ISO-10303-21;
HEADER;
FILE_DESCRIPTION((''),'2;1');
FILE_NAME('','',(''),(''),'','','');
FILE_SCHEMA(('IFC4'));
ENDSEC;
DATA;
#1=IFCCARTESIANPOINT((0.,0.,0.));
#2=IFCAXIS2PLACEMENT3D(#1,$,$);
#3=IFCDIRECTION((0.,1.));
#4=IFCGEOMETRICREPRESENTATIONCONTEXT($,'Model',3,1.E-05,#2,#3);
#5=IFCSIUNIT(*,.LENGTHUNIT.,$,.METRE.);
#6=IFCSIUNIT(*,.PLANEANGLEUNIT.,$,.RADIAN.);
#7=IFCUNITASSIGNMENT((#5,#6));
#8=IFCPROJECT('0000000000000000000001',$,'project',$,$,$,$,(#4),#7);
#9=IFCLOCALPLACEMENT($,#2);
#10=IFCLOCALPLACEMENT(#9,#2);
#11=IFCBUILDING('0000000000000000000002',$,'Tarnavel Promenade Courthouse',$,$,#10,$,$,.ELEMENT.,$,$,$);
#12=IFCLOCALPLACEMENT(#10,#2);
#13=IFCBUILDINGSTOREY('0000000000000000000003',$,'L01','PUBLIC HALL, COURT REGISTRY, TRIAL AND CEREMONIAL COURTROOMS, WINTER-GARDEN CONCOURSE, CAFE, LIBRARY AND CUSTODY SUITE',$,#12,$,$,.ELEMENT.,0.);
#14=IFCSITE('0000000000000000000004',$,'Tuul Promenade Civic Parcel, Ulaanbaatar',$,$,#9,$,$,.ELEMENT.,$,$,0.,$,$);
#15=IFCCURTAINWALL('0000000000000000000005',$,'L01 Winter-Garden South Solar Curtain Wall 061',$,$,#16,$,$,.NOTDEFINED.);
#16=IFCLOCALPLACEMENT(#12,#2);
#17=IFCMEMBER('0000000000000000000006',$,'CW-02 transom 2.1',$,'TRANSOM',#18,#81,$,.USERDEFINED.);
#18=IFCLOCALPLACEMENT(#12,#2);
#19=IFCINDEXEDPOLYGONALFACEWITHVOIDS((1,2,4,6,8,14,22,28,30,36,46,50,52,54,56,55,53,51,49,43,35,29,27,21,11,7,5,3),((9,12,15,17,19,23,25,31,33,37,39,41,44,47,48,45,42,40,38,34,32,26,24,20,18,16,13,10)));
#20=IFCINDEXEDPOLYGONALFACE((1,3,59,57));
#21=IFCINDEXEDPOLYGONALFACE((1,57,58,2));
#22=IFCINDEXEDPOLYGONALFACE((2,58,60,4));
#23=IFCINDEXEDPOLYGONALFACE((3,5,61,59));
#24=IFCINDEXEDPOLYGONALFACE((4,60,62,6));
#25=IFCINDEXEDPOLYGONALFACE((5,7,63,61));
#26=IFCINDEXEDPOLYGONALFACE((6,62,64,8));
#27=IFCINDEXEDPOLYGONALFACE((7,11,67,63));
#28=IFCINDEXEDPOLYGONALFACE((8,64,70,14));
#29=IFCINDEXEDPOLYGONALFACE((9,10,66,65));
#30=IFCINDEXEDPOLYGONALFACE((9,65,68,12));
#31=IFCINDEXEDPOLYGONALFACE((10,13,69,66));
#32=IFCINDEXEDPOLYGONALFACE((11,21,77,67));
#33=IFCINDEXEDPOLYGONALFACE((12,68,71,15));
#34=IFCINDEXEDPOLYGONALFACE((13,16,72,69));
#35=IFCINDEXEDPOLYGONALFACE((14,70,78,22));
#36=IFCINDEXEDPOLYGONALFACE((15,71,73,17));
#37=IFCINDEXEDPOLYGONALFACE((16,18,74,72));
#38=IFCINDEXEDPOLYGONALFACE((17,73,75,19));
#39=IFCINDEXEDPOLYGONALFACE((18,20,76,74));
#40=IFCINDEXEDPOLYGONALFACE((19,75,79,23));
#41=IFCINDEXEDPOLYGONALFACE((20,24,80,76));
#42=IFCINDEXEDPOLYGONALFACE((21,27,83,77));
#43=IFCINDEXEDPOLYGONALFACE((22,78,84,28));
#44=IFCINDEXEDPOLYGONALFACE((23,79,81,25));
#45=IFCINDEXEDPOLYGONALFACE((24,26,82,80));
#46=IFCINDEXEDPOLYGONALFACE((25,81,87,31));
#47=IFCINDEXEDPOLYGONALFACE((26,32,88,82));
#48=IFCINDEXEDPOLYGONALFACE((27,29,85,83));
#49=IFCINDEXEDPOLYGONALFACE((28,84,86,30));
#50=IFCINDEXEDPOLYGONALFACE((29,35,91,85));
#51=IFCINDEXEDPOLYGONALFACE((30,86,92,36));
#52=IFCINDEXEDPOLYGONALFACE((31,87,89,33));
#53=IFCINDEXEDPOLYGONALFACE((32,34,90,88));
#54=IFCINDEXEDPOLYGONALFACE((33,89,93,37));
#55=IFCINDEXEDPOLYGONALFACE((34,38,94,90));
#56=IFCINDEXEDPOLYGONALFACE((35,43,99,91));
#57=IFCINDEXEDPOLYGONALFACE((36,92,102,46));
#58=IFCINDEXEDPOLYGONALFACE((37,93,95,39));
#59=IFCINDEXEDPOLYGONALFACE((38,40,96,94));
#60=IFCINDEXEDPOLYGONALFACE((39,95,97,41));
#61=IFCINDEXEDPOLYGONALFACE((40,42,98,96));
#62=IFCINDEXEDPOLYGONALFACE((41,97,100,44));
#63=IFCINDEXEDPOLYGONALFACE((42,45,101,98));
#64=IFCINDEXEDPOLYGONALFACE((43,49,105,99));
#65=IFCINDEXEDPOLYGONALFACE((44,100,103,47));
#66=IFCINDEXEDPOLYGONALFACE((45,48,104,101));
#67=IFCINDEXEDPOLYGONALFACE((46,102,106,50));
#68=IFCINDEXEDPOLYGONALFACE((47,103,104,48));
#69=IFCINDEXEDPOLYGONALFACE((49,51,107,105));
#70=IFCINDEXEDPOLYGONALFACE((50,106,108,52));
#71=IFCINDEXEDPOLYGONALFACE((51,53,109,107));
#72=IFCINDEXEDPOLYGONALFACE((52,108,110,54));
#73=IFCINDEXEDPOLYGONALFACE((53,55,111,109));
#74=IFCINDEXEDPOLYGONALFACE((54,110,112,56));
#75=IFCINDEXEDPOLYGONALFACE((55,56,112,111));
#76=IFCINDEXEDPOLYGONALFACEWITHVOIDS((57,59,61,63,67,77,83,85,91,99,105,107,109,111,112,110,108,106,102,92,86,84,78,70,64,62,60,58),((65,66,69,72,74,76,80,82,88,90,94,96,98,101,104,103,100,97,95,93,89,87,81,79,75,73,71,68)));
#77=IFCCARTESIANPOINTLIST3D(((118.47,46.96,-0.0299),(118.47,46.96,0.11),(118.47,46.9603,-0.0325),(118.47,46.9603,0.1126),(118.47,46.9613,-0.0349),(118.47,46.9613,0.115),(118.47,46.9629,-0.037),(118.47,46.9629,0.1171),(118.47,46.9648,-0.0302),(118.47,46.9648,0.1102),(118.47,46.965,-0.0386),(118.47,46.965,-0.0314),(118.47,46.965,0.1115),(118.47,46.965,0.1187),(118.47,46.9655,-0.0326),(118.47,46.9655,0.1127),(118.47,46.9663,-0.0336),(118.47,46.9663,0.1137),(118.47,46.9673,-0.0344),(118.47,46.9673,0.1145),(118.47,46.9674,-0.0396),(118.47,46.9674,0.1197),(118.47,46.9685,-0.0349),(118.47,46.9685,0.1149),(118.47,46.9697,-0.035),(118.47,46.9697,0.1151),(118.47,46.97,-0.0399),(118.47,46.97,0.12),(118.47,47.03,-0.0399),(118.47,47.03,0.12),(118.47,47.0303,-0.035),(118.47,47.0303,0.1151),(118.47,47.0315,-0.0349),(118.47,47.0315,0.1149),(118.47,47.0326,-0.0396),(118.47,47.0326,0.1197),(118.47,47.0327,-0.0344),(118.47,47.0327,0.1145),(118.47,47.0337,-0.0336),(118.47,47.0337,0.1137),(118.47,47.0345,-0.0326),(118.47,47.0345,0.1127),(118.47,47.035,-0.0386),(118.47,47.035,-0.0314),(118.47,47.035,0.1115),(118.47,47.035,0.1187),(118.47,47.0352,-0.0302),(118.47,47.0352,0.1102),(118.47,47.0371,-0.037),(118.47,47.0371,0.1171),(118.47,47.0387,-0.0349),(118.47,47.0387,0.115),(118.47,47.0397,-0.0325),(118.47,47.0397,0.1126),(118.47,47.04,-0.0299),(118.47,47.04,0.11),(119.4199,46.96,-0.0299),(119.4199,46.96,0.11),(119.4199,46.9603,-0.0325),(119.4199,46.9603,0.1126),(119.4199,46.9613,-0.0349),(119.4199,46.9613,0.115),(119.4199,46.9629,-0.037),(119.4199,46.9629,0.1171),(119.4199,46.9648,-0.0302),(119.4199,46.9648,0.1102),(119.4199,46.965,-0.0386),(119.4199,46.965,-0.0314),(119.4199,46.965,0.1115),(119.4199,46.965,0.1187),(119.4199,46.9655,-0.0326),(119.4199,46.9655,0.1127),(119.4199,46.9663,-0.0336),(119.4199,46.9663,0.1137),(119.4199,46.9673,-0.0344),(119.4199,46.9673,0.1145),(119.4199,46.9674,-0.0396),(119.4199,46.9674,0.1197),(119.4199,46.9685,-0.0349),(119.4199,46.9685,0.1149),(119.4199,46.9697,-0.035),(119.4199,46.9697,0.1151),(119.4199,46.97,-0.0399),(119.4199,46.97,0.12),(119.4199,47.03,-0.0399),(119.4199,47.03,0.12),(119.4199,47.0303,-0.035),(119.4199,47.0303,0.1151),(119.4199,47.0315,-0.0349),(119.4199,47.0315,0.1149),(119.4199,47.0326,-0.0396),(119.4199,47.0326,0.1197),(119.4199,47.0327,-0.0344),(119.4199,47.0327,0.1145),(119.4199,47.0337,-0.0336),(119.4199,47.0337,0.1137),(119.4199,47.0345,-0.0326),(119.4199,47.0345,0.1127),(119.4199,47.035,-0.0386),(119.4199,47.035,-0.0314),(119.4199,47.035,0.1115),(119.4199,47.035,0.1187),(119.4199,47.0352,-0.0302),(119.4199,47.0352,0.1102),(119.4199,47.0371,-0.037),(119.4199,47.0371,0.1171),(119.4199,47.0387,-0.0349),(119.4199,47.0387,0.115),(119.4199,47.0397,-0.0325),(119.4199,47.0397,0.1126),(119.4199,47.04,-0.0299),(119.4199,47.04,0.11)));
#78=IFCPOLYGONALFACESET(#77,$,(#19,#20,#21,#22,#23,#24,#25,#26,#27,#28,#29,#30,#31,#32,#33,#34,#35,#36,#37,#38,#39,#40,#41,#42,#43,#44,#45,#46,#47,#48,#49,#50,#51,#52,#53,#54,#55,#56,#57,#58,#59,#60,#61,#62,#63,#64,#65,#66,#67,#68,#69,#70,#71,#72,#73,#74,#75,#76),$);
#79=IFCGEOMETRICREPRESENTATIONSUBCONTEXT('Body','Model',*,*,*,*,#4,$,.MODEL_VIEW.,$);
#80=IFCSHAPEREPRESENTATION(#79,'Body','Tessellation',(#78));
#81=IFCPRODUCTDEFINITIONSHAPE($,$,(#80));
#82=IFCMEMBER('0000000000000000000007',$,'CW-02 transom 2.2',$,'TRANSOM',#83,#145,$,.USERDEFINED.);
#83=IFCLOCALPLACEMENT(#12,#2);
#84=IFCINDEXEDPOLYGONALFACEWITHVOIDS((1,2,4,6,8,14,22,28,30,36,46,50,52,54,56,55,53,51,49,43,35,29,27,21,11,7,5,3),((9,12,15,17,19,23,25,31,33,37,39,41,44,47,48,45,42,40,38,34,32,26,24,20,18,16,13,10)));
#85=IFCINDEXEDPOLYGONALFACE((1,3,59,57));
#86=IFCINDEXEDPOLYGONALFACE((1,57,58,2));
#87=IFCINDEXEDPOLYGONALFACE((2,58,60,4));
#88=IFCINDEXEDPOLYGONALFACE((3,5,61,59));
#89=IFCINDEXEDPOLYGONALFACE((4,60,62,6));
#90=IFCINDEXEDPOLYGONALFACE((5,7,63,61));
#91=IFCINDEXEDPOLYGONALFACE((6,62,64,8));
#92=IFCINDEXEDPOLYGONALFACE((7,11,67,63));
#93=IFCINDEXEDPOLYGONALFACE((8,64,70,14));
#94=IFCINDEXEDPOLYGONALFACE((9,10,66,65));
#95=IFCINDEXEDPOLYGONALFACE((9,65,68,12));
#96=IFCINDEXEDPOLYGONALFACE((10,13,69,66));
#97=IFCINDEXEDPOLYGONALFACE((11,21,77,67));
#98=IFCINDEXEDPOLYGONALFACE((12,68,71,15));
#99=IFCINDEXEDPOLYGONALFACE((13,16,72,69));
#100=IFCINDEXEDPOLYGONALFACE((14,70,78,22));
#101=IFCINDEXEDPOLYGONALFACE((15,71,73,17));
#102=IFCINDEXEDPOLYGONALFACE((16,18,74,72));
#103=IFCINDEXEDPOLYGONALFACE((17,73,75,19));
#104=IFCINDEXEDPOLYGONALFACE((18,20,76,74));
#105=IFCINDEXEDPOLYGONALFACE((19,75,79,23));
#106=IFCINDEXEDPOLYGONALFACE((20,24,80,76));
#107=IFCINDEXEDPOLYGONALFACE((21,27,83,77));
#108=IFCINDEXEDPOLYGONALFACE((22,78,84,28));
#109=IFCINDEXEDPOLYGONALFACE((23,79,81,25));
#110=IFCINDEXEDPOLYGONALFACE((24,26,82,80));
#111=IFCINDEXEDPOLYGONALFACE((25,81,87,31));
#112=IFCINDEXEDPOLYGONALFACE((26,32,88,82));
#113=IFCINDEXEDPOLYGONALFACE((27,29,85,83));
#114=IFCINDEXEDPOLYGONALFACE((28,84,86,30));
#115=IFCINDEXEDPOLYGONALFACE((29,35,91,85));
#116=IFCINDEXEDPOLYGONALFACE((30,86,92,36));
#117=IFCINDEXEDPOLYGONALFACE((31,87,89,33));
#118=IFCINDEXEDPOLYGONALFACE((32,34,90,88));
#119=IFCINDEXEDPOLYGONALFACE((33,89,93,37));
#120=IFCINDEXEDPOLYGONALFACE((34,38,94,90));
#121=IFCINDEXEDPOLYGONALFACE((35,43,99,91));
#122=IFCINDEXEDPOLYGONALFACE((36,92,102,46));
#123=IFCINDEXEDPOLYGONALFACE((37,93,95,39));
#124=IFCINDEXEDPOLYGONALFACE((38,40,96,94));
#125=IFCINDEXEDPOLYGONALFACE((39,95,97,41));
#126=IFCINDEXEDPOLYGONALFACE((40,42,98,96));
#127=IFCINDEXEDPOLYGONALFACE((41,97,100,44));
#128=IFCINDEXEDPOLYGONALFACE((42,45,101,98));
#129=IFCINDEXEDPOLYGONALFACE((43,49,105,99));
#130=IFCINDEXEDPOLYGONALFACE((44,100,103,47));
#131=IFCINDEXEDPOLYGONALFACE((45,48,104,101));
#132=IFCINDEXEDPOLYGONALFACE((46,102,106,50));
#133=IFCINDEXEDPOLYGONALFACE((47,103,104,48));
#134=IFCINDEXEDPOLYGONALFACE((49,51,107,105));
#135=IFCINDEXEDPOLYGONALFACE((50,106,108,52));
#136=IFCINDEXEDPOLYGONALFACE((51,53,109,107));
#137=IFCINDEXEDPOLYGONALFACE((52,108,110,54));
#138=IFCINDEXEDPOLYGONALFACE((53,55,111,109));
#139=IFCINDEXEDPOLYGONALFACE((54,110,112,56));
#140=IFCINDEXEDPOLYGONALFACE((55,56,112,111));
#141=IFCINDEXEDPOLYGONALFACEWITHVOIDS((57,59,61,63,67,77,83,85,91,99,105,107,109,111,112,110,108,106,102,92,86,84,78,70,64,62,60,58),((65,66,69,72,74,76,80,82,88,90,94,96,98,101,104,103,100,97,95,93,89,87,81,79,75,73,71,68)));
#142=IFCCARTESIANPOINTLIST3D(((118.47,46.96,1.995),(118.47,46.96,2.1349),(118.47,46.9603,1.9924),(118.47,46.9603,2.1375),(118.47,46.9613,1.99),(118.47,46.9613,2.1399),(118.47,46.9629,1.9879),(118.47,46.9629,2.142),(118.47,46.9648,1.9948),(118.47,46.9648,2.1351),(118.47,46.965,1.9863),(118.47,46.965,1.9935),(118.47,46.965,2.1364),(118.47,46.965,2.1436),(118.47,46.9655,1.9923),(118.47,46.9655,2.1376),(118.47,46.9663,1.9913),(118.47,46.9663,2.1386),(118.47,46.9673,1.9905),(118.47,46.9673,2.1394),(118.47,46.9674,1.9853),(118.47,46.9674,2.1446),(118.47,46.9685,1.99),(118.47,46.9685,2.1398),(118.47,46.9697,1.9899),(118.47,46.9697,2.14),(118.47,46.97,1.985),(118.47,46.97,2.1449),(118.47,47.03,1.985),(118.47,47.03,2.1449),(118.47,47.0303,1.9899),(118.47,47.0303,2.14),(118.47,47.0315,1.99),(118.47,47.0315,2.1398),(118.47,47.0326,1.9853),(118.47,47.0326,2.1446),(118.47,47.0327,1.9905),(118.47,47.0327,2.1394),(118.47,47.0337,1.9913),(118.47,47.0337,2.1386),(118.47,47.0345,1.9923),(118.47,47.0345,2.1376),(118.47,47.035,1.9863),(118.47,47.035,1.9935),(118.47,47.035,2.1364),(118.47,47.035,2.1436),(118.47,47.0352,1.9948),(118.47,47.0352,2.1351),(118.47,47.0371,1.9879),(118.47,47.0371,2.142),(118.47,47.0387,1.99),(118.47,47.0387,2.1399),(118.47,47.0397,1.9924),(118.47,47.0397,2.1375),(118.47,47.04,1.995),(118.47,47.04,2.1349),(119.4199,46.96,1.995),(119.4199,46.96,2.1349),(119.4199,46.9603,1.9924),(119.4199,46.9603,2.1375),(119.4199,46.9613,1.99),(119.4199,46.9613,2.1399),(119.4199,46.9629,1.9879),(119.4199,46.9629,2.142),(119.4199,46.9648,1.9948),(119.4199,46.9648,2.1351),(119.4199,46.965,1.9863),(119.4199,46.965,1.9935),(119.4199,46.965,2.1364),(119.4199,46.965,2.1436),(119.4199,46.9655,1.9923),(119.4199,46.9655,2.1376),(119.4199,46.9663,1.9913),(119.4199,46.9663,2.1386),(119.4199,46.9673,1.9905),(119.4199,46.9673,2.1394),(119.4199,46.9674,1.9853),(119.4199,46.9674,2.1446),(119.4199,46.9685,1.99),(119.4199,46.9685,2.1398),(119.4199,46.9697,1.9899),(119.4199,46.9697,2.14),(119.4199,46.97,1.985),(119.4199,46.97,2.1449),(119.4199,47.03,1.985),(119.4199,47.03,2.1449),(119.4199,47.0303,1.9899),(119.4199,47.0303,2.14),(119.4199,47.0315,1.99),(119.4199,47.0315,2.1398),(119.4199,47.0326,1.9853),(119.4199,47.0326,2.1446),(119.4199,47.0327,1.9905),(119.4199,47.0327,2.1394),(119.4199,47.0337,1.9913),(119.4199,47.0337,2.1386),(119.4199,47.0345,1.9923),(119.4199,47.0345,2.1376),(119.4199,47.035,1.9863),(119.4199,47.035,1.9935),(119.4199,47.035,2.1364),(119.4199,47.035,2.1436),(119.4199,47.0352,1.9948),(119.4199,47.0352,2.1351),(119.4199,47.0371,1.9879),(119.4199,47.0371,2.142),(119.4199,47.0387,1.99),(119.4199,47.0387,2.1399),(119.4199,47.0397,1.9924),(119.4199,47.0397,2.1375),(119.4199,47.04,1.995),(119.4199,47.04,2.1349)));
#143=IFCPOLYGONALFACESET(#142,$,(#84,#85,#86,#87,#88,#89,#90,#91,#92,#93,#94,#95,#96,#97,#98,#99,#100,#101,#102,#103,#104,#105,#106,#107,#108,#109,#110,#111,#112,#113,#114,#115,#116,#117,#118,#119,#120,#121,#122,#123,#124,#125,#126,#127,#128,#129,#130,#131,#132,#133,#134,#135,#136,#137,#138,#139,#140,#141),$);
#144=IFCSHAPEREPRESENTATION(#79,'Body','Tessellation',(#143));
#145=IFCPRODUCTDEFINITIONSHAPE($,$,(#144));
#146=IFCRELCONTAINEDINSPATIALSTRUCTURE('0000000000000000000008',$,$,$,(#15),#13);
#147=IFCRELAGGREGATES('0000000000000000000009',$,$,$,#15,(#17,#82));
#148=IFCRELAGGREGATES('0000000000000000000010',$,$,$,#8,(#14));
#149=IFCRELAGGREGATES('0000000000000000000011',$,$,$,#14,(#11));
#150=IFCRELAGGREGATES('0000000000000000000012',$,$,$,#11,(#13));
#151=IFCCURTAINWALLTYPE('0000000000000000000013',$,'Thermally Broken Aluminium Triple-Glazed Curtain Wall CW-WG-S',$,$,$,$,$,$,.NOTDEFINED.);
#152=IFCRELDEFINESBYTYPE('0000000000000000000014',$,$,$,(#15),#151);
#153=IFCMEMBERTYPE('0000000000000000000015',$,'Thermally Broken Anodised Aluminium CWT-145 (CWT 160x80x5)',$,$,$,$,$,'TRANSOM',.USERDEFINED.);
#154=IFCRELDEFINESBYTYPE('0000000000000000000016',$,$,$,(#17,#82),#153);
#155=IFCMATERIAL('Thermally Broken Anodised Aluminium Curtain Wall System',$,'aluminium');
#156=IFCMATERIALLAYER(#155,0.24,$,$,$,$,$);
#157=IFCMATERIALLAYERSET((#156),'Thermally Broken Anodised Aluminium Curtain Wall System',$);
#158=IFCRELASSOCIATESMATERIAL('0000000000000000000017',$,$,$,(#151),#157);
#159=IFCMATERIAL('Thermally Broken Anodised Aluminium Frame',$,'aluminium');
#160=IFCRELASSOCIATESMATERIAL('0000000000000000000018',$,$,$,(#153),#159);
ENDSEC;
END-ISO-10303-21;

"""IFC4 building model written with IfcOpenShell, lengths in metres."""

from ifc_helpers import new_model, si_unit, direction, frame, origin, origin_2d, place, context, subcontext, project, spatial, hollow_rectangle, extrude, material, layer, layer_set, material_profile, profile_set, type_object, element, aggregate, save


model = new_model("IFC4")

# Units and contexts
model_context = context("Model", 3, precision=1e-05, world=origin(), true_north=direction((0.0, 1.0)))
body_context = subcontext(model_context, "Body", "Model", "MODEL_VIEW")
ifc_project = project(units=[si_unit("LENGTHUNIT", "METRE"), si_unit("PLANEANGLEUNIT", "RADIAN")], contexts=[model_context])

# Site, building, storey
site_placement = place(None, origin())
site = spatial("IfcSite", under=ifc_project, at=site_placement, Name="Tuul Promenade Civic Parcel, Ulaanbaatar", CompositionType="ELEMENT", RefElevation=0.0)
building_placement = place(site_placement, origin())
building = spatial("IfcBuilding", under=site, at=building_placement, Name="Tarnavel Promenade Courthouse", CompositionType="ELEMENT")
storey_placement = place(building_placement, origin())
storey = spatial("IfcBuildingStorey", under=building, at=storey_placement, Name="L01", Description="PUBLIC HALL, COURT REGISTRY, TRIAL AND CEREMONIAL COURTROOMS, WINTER-GARDEN CONCOURSE, CAFE, LIBRARY AND CUSTODY SUITE", CompositionType="ELEMENT", Elevation=0.0)

# Curtain wall
ifc_material_1 = material(Name="Thermally Broken Anodised Aluminium Curtain Wall System", Category="aluminium")
ifc_layer_1 = layer(ifc_material_1, 0.24)
ifc_layer_set_1 = layer_set([ifc_layer_1], Name="Thermally Broken Anodised Aluminium Curtain Wall System")
curtain_wall_type = type_object("IfcCurtainWallType", Name="Thermally Broken Aluminium Triple-Glazed Curtain Wall CW-WG-S", PredefinedType="NOTDEFINED", material=ifc_layer_set_1)
ifc_material_2 = material(Name="Thermally Broken Anodised Aluminium Frame", Category="aluminium")
curtain_wall_1_placement = place(storey_placement, origin())
curtain_wall_1 = element("IfcCurtainWall", 1, at=curtain_wall_1_placement, inside=storey, type_object=curtain_wall_type, Name="L01 Winter-Garden South Solar Curtain Wall 061", PredefinedType="NOTDEFINED")

# Members
ifc_material_profile_1 = material_profile(ifc_material_2, hollow_rectangle(XDim=0.0801, YDim=0.1599, WallThickness=0.0049, InnerFilletRadius=0.0049, OuterFilletRadius=0.01, at=origin_2d()), Name="CWT 160x80x5")
ifc_profile_set_1 = profile_set([ifc_material_profile_1], Name="Thermally Broken Anodised Aluminium Frame")
member_type_1 = type_object("IfcMemberType", Name="Thermally Broken Anodised Aluminium CWT-145 (CWT 160x80x5)", ElementType="TRANSOM", PredefinedType="USERDEFINED", material=ifc_profile_set_1)
member_1_placement = place(storey_placement, frame((118.47, 47.0, 0.04), z_axis=(1.0, 0.0, 0.0), x_axis=(0.0, 1.0, 0.0)))
member_1 = element("IfcMember", 2, at=member_1_placement, type_object=member_type_1, Name="CW-02 transom 2.1", ObjectType="TRANSOM", PredefinedType="USERDEFINED", context=body_context, shape_type="SweptSolid", body=[
    extrude(hollow_rectangle(XDim=0.0801, YDim=0.1599, WallThickness=0.0049, InnerFilletRadius=0.0049, OuterFilletRadius=0.01, at=origin_2d()), origin(), (0.0, 0.0, 1.0), 0.95),
])
member_2_placement = place(storey_placement, frame((118.47, 47.0, 2.0649), z_axis=(1.0, 0.0, 0.0), x_axis=(0.0, 1.0, 0.0)))
member_2 = element("IfcMember", 3, at=member_2_placement, type_object=member_type_1, Name="CW-02 transom 2.2", ObjectType="TRANSOM", PredefinedType="USERDEFINED", context=body_context, shape_type="SweptSolid", body=[
    extrude(hollow_rectangle(XDim=0.0801, YDim=0.1599, WallThickness=0.0049, InnerFilletRadius=0.0049, OuterFilletRadius=0.01, at=origin_2d()), origin(), (0.0, 0.0, 1.0), 0.95),
])

aggregate(curtain_wall_1, [member_1, member_2])

save(model, "model.ifc")
